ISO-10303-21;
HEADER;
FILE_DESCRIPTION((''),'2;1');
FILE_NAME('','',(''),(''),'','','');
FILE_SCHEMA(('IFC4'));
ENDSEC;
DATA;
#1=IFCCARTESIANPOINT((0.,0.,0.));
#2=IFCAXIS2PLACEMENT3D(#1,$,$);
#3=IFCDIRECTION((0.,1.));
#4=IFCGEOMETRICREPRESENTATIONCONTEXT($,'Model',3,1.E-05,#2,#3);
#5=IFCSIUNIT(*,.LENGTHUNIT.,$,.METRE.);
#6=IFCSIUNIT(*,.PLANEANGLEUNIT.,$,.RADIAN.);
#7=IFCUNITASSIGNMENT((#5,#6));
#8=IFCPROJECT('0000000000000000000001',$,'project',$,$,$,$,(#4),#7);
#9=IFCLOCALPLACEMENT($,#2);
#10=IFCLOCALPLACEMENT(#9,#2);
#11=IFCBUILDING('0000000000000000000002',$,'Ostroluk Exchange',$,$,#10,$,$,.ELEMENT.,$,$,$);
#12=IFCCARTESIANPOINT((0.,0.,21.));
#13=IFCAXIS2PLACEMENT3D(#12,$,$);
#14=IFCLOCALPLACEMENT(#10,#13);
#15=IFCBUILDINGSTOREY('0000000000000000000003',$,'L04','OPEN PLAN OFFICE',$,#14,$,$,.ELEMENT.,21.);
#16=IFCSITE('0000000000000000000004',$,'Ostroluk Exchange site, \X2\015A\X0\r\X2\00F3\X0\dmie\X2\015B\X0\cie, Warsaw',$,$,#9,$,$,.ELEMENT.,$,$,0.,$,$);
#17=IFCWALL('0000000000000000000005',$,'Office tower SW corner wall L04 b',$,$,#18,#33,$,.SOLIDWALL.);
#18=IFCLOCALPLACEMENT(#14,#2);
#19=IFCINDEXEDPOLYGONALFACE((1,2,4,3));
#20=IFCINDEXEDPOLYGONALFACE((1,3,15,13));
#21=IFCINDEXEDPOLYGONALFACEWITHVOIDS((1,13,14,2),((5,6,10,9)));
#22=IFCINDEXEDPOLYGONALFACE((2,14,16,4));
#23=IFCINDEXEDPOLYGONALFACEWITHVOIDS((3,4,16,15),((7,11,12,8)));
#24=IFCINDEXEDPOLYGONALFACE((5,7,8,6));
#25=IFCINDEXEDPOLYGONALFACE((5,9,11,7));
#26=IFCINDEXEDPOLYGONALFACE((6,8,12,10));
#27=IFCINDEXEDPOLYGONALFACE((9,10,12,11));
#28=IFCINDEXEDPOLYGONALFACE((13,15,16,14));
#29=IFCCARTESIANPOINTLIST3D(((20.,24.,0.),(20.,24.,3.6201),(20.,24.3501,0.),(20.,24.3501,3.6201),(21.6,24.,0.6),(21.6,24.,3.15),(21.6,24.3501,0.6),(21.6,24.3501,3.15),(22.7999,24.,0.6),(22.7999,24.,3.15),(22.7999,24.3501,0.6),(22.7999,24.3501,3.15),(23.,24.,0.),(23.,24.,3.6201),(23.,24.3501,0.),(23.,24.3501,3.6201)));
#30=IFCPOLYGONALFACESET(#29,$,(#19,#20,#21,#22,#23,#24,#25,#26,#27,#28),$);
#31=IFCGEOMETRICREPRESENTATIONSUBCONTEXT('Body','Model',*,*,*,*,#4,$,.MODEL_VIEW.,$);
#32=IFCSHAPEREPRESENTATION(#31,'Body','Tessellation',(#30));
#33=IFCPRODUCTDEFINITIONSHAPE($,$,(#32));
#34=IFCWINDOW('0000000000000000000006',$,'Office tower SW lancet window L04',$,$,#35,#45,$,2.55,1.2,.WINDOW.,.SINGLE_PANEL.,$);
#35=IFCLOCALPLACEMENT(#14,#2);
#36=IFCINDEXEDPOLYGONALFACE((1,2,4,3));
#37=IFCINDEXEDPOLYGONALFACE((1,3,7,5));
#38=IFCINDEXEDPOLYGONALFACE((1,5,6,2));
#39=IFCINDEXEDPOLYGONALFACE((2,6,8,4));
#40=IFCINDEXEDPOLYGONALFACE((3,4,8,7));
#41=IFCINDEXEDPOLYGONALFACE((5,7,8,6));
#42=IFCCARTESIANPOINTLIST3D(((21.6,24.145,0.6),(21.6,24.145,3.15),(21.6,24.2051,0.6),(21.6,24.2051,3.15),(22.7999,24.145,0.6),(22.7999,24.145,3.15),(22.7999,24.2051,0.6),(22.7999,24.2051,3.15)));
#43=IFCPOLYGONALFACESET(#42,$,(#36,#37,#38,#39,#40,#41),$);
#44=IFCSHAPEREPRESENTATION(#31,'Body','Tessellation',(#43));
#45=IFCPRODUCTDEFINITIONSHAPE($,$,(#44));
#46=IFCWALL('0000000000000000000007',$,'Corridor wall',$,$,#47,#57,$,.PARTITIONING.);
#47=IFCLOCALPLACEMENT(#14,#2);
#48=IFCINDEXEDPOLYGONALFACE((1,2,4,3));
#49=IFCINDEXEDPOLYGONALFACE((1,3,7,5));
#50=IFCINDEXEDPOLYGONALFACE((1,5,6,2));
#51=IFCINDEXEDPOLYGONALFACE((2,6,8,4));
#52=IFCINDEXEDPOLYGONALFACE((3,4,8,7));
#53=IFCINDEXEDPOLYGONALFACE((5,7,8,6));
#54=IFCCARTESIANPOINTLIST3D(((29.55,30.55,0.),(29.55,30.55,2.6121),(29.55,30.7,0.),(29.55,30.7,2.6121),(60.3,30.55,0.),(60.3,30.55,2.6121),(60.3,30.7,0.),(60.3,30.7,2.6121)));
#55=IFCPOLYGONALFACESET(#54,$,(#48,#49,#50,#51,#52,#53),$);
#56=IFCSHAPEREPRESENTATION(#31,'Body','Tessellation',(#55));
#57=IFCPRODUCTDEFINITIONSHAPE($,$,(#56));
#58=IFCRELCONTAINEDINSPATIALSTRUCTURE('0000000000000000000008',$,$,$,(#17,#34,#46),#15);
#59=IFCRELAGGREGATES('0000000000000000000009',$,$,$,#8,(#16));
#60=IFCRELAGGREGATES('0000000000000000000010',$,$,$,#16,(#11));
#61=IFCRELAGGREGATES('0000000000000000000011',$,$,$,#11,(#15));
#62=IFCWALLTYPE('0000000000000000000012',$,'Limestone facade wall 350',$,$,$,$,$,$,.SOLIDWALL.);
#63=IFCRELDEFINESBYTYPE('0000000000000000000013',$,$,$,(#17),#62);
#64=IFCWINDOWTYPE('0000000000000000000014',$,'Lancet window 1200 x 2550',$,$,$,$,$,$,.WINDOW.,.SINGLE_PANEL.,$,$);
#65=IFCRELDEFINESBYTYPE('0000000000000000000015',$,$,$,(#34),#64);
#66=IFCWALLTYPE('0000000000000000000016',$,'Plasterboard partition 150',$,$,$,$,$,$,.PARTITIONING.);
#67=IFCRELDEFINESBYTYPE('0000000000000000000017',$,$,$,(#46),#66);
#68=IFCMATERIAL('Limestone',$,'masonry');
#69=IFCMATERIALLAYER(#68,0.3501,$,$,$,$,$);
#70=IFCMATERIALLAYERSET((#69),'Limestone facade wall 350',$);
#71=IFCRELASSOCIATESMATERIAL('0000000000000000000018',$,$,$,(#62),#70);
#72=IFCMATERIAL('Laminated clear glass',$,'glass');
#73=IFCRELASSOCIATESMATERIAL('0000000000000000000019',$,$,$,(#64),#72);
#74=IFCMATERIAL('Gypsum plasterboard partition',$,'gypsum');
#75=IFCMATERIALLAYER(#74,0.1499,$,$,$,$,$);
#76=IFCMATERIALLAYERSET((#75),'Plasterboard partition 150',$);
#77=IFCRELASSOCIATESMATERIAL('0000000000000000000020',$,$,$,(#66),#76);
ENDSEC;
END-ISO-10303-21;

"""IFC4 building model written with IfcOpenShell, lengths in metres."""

from ifc_helpers import new_model, si_unit, direction, frame, frame_2d, origin, place, context, subcontext, project, spatial, rectangle, extrude, material, layer, layer_set, type_object, element, fill, save


model = new_model("IFC4")

# Units and contexts
model_context = context("Model", 3, precision=1e-05, world=origin(), true_north=direction((0.0, 1.0)))
body_context = subcontext(model_context, "Body", "Model", "MODEL_VIEW")
ifc_project = project(units=[si_unit("LENGTHUNIT", "METRE"), si_unit("PLANEANGLEUNIT", "RADIAN")], contexts=[model_context])

# Site, building, storey
site_placement = place(None, origin())
site = spatial("IfcSite", under=ifc_project, at=site_placement, Name="Ostroluk Exchange site, Śródmieście, Warsaw", CompositionType="ELEMENT", RefElevation=0.0)
building_placement = place(site_placement, origin())
building = spatial("IfcBuilding", under=site, at=building_placement, Name="Ostroluk Exchange", CompositionType="ELEMENT")
storey_placement = place(building_placement, frame((0.0, 0.0, 21.0)))
storey = spatial("IfcBuildingStorey", under=building, at=storey_placement, Name="L04", Description="OPEN PLAN OFFICE", CompositionType="ELEMENT", Elevation=21.0)

# Wall, opening, window
ifc_material_1 = material(Name="Limestone", Category="masonry")
ifc_layer_1 = layer(ifc_material_1, 0.3501)
ifc_layer_set_1 = layer_set([ifc_layer_1], Name="Limestone facade wall 350")
wall_type_1 = type_object("IfcWallType", Name="Limestone facade wall 350", PredefinedType="SOLIDWALL", material=ifc_layer_set_1)
wall_1_placement = place(storey_placement, frame((23.0, 24.175, 0.0), z_axis=(0.0, 0.0, 1.0), x_axis=(-1.0, 0.0, 0.0)))
wall_1 = element("IfcWall", 1, at=wall_1_placement, inside=storey, type_object=wall_type_1, Name="Office tower SW corner wall L04 b", PredefinedType="SOLIDWALL", context=body_context, shape_type="SweptSolid", body=[
    extrude(rectangle(XDim=3.0, YDim=0.3501, at=frame_2d((1.5, 0.0))), origin(), (0.0, 0.0, 1.0), 3.6201),
])
opening_1_placement = place(wall_1_placement, frame((0.2, 0.0, 0.6001)))
opening_1 = element("IfcOpeningElement", 2, at=opening_1_placement, cuts=wall_1, PredefinedType="OPENING", context=body_context, shape_type="SweptSolid", body=[
    extrude(rectangle(XDim=1.2, YDim=2.55, at=frame_2d((0.6001, 1.2749))), frame((0.0, 0.1851, 0.0), z_axis=(0.0, -1.0, 0.0), x_axis=(1.0, 0.0, 0.0)), (0.0, 0.0, 1.0), 0.3701),
])
ifc_material_2 = material(Name="Laminated clear glass", Category="glass")
window_type = type_object("IfcWindowType", Name="Lancet window 1200 x 2550", PartitioningType="SINGLE_PANEL", PredefinedType="WINDOW", material=ifc_material_2)
window_placement = place(opening_1_placement, origin())
window = element("IfcWindow", 3, at=window_placement, inside=storey, type_object=window_type, Name="Office tower SW lancet window L04", OverallHeight=2.55, OverallWidth=1.2, PartitioningType="SINGLE_PANEL", PredefinedType="WINDOW", context=body_context, shape_type="SweptSolid", body=[
    extrude(rectangle(XDim=1.2, YDim=2.55, at=frame_2d((0.6001, 1.2749))), frame((0.0, 0.03, 0.0), z_axis=(0.0, -1.0, 0.0), x_axis=(1.0, 0.0, 0.0)), (0.0, 0.0, 1.0), 0.0601),
])
fill(opening_1, window)

# Wall
ifc_material_3 = material(Name="Gypsum plasterboard partition", Category="gypsum")
ifc_layer_2 = layer(ifc_material_3, 0.1499)
ifc_layer_set_2 = layer_set([ifc_layer_2], Name="Plasterboard partition 150")
wall_type_2 = type_object("IfcWallType", Name="Plasterboard partition 150", PredefinedType="PARTITIONING", material=ifc_layer_set_2)
wall_2_placement = place(storey_placement, frame((29.55, 30.625, 0.0), z_axis=(0.0, 0.0, 1.0), x_axis=(1.0, 0.0, 0.0)))
element("IfcWall", 4, at=wall_2_placement, inside=storey, type_object=wall_type_2, Name="Corridor wall", PredefinedType="PARTITIONING", context=body_context, shape_type="SweptSolid", body=[
    extrude(rectangle(XDim=30.75, YDim=0.1499, at=frame_2d((15.375, 0.0))), origin(), (0.0, 0.0, 1.0), 2.6121),
])

save(model, "model.ifc")
